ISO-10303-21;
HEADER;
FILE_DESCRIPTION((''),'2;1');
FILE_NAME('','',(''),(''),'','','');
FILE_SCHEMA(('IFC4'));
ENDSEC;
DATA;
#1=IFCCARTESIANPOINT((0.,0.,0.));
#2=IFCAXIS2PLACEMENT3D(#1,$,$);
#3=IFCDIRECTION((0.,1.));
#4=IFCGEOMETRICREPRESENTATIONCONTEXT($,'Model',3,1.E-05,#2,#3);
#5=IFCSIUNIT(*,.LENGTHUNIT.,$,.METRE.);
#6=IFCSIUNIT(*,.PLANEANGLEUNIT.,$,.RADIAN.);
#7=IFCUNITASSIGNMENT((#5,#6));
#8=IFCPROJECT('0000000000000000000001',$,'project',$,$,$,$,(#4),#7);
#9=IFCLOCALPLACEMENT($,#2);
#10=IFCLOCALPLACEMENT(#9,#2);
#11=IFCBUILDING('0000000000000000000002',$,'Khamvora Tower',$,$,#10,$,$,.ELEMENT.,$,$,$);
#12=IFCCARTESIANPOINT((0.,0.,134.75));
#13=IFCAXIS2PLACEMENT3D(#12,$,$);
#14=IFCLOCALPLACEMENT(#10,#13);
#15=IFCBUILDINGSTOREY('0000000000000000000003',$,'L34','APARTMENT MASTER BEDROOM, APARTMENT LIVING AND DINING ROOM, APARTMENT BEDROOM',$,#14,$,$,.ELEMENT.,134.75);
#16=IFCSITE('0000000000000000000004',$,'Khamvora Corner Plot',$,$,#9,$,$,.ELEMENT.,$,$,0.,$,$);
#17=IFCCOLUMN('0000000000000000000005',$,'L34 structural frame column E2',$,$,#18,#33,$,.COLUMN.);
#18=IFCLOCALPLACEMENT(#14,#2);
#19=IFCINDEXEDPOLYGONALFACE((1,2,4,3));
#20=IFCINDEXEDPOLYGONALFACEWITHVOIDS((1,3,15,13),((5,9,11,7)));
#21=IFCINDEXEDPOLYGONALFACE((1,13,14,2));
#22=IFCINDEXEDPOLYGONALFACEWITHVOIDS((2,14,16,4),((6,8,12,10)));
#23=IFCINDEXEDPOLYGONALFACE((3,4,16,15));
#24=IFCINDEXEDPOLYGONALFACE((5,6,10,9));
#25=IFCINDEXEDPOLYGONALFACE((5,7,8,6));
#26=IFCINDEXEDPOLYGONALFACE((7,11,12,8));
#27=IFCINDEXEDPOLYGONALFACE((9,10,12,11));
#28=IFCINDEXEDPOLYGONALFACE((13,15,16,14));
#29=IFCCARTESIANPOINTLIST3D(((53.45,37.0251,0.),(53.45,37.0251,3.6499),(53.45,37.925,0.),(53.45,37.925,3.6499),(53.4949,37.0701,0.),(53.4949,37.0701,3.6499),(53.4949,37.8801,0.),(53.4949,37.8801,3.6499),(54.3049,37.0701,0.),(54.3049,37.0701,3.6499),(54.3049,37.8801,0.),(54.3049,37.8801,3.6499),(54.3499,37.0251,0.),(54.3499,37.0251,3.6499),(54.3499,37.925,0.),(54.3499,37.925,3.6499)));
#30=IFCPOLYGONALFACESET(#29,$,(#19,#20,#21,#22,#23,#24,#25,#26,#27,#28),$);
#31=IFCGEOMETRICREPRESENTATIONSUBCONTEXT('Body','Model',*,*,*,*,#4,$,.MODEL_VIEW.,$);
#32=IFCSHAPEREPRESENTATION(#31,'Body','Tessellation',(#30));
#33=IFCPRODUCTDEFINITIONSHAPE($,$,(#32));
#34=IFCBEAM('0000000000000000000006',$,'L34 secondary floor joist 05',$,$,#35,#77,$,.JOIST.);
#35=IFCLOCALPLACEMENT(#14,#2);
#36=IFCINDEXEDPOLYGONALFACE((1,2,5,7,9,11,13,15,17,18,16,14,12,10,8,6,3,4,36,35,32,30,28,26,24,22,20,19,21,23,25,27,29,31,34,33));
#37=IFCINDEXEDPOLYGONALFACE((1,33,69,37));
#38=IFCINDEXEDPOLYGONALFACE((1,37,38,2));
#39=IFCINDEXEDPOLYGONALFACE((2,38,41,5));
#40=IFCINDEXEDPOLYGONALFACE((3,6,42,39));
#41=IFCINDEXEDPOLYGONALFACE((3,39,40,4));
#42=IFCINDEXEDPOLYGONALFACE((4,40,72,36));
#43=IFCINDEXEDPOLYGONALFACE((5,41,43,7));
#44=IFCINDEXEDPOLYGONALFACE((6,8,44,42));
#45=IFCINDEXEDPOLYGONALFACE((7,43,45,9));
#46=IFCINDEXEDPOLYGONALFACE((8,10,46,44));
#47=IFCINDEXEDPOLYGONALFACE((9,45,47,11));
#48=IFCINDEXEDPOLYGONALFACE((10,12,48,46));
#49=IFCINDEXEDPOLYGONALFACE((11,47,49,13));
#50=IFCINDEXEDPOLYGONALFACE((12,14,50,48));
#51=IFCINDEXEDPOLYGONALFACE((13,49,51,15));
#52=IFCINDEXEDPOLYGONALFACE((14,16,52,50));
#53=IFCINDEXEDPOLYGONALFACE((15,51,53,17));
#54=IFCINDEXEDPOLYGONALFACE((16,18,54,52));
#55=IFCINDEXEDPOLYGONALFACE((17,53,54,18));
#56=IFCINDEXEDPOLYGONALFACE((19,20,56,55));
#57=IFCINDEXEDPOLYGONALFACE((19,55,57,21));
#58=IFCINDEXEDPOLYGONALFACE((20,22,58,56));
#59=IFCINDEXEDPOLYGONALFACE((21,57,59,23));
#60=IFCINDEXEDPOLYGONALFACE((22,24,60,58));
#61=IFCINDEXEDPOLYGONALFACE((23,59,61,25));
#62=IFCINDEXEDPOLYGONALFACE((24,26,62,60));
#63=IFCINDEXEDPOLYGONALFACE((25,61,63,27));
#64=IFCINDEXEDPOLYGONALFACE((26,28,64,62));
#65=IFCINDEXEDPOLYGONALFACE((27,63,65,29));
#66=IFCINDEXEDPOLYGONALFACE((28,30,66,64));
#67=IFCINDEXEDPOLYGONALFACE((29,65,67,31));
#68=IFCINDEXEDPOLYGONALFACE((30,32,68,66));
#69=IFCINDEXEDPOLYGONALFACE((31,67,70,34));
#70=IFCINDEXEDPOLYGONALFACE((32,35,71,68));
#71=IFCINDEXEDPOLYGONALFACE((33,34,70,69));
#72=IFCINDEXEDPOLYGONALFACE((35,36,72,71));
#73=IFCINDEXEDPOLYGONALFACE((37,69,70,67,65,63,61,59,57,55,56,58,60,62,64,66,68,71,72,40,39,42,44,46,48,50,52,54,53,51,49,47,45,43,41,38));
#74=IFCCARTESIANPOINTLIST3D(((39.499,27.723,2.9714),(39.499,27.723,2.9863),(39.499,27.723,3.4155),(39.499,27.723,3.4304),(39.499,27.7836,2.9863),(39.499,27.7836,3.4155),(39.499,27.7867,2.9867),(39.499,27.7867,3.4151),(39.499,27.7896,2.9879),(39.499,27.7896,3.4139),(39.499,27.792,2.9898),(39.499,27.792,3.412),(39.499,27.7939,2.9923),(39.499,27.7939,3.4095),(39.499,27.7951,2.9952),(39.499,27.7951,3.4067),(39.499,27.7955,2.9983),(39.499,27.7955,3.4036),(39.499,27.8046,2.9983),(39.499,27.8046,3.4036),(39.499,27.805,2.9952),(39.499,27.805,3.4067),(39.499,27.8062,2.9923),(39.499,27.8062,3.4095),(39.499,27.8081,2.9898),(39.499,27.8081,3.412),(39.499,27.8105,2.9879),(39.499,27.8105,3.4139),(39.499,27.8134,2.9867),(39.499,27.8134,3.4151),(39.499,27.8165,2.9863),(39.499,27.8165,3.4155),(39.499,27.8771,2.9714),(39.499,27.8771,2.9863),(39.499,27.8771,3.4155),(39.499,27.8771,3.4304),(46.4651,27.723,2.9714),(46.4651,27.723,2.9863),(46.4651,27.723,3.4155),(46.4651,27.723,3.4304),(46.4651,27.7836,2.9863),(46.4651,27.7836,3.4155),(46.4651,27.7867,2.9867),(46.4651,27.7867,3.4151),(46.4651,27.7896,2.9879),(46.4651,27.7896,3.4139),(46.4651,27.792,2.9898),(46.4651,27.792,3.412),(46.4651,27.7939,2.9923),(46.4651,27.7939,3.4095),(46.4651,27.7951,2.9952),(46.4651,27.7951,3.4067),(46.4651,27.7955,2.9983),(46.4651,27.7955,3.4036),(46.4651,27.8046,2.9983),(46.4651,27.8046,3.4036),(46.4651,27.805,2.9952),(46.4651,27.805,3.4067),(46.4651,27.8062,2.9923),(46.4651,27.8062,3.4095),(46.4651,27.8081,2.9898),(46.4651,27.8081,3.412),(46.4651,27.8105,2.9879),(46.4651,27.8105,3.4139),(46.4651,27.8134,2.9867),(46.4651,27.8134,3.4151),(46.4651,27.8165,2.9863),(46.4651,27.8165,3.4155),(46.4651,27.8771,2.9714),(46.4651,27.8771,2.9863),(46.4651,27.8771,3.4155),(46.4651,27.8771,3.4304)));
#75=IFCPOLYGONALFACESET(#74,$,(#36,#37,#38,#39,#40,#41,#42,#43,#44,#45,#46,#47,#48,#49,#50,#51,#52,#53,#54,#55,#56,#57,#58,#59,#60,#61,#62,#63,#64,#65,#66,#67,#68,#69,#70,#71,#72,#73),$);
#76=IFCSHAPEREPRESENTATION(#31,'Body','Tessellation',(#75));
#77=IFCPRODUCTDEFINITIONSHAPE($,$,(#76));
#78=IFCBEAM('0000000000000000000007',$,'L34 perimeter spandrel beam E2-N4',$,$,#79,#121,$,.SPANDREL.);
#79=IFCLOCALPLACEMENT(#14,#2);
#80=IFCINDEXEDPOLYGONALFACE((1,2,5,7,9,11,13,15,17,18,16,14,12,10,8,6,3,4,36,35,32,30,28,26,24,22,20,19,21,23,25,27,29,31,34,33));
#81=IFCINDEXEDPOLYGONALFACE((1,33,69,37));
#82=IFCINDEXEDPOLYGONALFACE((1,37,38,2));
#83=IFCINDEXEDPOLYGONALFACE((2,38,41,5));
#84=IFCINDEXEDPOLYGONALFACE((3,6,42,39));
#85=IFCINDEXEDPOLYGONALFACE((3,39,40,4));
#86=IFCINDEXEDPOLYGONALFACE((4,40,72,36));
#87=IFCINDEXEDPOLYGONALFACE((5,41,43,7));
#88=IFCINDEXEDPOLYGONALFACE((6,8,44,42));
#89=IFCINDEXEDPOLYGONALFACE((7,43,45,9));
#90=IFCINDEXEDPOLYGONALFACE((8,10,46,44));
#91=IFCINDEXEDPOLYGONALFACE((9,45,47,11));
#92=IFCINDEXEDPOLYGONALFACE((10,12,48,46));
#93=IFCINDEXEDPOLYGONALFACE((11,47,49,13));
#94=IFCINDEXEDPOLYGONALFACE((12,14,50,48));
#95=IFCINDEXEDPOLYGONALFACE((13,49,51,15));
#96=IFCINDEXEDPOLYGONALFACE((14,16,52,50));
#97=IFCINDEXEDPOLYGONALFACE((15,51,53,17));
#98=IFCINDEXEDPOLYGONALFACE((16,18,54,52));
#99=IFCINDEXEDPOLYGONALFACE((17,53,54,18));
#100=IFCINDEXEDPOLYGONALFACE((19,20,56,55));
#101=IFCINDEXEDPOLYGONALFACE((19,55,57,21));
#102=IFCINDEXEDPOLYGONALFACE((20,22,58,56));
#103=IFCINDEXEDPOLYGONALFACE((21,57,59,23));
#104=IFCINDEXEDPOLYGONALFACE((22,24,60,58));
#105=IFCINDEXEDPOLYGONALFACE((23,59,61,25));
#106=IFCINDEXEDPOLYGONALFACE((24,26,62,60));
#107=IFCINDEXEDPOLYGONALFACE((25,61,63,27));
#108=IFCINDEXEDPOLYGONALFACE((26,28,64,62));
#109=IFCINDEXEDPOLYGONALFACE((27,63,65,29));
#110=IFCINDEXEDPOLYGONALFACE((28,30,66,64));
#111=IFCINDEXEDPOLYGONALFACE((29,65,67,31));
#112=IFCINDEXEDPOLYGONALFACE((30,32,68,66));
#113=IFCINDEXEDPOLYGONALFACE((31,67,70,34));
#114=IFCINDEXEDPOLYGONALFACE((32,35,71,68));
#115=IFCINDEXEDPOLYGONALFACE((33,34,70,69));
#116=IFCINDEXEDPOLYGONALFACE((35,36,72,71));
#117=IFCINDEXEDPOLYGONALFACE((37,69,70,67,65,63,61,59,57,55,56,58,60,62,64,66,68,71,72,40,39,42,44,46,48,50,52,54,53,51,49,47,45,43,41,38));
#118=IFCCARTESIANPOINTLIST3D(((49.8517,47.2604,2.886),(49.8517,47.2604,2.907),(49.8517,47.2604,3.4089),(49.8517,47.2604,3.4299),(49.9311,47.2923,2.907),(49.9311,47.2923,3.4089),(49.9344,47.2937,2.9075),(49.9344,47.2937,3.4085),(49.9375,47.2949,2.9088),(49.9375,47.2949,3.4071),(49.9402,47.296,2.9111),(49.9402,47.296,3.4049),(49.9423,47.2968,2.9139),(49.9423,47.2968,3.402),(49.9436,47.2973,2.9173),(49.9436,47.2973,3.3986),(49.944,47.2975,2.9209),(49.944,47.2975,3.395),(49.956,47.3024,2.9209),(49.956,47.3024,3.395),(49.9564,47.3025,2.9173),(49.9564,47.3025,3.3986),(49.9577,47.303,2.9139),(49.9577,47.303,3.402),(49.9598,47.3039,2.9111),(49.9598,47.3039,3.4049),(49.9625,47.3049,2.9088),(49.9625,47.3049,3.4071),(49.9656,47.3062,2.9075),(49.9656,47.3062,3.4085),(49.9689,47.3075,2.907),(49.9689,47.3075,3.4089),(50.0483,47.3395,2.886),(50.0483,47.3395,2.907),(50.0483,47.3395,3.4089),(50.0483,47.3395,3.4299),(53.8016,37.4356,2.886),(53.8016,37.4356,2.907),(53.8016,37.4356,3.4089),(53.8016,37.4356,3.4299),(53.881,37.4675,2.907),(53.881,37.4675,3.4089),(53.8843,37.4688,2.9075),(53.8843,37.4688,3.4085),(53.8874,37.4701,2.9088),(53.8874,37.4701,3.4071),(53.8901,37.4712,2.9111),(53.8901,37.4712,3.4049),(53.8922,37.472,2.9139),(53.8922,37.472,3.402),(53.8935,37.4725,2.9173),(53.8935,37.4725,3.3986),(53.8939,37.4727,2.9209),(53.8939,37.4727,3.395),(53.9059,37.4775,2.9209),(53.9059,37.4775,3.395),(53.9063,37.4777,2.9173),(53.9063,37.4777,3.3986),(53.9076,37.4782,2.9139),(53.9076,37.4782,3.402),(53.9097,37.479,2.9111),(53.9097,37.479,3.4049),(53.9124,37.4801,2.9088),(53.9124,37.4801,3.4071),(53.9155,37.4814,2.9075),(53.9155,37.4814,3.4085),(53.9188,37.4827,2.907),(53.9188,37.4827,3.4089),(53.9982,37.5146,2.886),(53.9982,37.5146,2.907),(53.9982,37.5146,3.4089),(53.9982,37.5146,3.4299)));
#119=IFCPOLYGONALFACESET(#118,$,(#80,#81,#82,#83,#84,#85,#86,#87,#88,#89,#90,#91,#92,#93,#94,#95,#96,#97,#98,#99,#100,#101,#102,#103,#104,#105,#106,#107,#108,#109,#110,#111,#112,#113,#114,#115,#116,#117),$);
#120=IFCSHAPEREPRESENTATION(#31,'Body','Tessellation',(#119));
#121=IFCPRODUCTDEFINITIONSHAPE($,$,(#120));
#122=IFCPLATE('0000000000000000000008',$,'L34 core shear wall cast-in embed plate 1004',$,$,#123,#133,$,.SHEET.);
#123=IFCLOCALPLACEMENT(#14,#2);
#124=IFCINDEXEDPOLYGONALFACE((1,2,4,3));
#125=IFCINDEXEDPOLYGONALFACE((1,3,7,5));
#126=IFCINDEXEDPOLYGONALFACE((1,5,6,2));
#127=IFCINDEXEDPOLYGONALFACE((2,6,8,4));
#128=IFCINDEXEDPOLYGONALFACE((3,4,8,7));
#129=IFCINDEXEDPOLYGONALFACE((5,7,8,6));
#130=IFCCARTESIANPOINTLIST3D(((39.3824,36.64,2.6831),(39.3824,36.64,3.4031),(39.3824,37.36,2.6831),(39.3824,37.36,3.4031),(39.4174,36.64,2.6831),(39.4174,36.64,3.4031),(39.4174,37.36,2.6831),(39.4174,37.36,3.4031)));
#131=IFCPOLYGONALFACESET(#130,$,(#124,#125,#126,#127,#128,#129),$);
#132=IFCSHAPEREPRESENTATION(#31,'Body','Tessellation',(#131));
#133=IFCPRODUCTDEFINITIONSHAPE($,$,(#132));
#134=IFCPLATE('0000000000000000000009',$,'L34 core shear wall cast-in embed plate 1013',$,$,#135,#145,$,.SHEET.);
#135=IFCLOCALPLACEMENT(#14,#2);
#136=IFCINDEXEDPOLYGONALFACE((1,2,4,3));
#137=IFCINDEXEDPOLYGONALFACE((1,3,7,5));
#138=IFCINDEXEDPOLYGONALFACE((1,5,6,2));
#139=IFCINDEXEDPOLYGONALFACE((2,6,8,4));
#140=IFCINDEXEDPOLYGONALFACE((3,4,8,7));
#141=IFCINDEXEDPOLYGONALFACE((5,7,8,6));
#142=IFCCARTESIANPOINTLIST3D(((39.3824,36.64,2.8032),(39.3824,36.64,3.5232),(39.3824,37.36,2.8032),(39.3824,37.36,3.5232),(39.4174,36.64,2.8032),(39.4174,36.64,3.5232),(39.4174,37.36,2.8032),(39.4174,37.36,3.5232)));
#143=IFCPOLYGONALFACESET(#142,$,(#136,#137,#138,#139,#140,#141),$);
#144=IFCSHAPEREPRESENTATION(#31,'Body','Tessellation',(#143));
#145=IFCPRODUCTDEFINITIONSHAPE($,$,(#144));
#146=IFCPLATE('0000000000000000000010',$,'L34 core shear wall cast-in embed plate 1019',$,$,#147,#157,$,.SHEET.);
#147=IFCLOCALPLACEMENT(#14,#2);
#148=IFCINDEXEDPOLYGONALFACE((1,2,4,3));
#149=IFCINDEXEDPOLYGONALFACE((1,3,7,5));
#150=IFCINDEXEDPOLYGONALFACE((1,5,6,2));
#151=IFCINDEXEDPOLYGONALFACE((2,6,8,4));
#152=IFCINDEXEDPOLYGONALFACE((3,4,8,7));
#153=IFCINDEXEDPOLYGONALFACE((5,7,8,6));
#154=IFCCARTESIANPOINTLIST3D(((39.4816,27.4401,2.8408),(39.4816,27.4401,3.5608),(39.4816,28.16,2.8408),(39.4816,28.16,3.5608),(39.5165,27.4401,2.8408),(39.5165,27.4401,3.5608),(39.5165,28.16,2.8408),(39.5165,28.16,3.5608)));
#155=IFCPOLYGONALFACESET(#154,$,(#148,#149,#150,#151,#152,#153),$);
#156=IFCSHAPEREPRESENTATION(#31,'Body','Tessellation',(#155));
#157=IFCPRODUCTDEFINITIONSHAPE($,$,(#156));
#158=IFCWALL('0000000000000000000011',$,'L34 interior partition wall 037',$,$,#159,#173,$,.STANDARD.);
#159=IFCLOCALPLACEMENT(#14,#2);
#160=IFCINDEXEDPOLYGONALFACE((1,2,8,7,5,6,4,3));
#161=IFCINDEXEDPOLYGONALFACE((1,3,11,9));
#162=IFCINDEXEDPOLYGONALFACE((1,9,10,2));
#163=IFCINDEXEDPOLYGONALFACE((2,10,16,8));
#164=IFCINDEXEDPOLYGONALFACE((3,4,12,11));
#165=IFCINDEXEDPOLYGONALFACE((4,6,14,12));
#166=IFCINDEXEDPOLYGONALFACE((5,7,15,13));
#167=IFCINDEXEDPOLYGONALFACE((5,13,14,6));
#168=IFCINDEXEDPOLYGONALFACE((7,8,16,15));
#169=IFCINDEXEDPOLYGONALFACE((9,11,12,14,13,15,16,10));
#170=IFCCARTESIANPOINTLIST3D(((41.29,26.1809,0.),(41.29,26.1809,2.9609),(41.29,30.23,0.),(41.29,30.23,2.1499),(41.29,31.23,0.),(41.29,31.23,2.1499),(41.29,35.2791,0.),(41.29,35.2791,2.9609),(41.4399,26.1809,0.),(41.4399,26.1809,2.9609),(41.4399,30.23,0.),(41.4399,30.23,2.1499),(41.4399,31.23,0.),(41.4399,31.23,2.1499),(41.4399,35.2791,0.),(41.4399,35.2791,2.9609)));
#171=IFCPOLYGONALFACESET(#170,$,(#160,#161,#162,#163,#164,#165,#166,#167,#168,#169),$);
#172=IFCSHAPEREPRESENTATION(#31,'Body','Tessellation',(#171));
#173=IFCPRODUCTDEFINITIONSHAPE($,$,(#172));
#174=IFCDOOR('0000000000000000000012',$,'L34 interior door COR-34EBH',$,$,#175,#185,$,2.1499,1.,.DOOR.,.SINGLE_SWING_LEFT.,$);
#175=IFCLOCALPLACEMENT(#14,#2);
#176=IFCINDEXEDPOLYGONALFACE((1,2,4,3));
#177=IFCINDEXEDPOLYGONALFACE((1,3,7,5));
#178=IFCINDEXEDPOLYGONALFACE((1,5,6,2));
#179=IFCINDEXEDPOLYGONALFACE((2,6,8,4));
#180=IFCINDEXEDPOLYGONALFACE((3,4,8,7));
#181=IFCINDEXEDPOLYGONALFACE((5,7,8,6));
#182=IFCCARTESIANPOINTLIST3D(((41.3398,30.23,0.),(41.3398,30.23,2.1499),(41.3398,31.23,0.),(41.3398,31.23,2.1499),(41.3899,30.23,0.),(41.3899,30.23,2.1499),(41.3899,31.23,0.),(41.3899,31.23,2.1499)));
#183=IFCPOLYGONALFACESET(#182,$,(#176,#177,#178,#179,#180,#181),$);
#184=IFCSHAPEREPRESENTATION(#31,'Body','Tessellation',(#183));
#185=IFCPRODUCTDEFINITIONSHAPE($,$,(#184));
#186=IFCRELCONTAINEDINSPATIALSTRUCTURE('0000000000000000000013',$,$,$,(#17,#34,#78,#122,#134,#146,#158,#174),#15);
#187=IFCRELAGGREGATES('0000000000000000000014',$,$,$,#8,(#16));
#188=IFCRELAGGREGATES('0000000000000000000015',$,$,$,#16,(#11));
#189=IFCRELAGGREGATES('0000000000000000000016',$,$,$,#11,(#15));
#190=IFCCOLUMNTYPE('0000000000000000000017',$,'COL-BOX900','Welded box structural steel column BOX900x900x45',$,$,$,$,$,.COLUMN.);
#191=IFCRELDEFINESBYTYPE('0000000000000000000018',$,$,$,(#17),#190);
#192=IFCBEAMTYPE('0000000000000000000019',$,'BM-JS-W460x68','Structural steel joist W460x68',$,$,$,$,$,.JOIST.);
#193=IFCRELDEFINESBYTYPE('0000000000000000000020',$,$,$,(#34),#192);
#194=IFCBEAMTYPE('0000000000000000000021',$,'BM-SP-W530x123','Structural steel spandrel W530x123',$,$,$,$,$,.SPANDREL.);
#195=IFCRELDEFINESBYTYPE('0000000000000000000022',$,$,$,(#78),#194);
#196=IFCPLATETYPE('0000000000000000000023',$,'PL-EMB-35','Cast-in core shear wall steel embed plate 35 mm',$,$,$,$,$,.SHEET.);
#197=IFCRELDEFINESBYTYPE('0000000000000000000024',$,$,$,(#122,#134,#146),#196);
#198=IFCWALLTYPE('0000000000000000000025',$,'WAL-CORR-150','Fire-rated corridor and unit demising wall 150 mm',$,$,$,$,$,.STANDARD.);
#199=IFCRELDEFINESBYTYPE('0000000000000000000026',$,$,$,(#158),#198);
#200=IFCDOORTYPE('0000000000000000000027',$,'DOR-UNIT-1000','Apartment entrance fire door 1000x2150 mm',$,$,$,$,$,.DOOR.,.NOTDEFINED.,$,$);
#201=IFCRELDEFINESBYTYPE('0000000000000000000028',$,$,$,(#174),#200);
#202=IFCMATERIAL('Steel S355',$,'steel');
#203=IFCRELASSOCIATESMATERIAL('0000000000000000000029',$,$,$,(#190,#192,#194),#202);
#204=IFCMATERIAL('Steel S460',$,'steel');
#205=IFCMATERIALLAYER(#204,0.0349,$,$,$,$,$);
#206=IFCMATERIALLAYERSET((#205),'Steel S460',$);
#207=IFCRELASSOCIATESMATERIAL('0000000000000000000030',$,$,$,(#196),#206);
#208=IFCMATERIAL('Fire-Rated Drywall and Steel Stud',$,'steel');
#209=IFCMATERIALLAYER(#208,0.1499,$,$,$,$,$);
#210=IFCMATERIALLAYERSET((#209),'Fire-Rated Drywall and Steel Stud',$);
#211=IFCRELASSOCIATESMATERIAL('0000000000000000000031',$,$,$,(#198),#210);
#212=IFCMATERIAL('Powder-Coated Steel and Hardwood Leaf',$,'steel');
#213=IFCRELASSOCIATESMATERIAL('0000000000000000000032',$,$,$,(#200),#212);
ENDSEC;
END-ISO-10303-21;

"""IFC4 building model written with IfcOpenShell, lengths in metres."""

from ifc_helpers import new_model, si_unit, direction, frame, frame_2d, origin, origin_2d, place, context, subcontext, project, spatial, rectangle, hollow_rectangle, i_section, extrude, material, layer, layer_set, material_profile, profile_set, type_object, element, fill, save


model = new_model("IFC4")

# Units and contexts
model_context = context("Model", 3, precision=1e-05, world=origin(), true_north=direction((0.0, 1.0)))
body_context = subcontext(model_context, "Body", "Model", "MODEL_VIEW")
ifc_project = project(units=[si_unit("LENGTHUNIT", "METRE"), si_unit("PLANEANGLEUNIT", "RADIAN")], contexts=[model_context])

# Site, building, storey
site_placement = place(None, origin())
site = spatial("IfcSite", under=ifc_project, at=site_placement, Name="Khamvora Corner Plot", CompositionType="ELEMENT", RefElevation=0.0)
building_placement = place(site_placement, origin())
building = spatial("IfcBuilding", under=site, at=building_placement, Name="Khamvora Tower", CompositionType="ELEMENT")
storey_placement = place(building_placement, frame((0.0, 0.0, 134.75)))
storey = spatial("IfcBuildingStorey", under=building, at=storey_placement, Name="L34", Description="APARTMENT MASTER BEDROOM, APARTMENT LIVING AND DINING ROOM, APARTMENT BEDROOM", CompositionType="ELEMENT", Elevation=134.75)

# Column
ifc_material_1 = material(Name="Steel S355", Category="steel")
ifc_material_profile_1 = material_profile(ifc_material_1, hollow_rectangle(XDim=0.8999, YDim=0.8999, WallThickness=0.0449, at=origin_2d()), Name="BOX900x900x45")
ifc_profile_set_1 = profile_set([ifc_material_profile_1], Name="Steel S355")
column_type = type_object("IfcColumnType", Name="COL-BOX900", Description="Welded box structural steel column BOX900x900x45", PredefinedType="COLUMN", material=ifc_profile_set_1)
column_placement = place(storey_placement, frame((53.8999, 37.4751, 0.0), z_axis=(0.0, 0.0, 1.0), x_axis=(1.0, 0.0, 0.0)))
element("IfcColumn", 1, at=column_placement, inside=storey, type_object=column_type, Name="L34 structural frame column E2", PredefinedType="COLUMN", context=body_context, shape_type="SweptSolid", body=[
    extrude(hollow_rectangle(XDim=0.8999, YDim=0.8999, WallThickness=0.0449, at=origin_2d()), origin(), (0.0, 0.0, 1.0), 3.6499),
])

# Beams
ifc_material_profile_2 = material_profile(ifc_material_1, i_section(OverallWidth=0.1541, OverallDepth=0.459, WebThickness=0.009, FlangeThickness=0.0149, FilletRadius=0.012, at=origin_2d()), Name="W460x68")
ifc_profile_set_2 = profile_set([ifc_material_profile_2], Name="Steel S355")
beam_type_1 = type_object("IfcBeamType", Name="BM-JS-W460x68", Description="Structural steel joist W460x68", PredefinedType="JOIST", material=ifc_profile_set_2)
beam_1_placement = place(storey_placement, frame((39.499, 27.8, 3.2009), z_axis=(1.0, 0.0, 0.0), x_axis=(0.0, 1.0, 0.0)))
element("IfcBeam", 2, at=beam_1_placement, inside=storey, type_object=beam_type_1, Name="L34 secondary floor joist 05", PredefinedType="JOIST", context=body_context, shape_type="SweptSolid", body=[
    extrude(i_section(OverallWidth=0.1541, OverallDepth=0.459, WebThickness=0.009, FlangeThickness=0.0149, FilletRadius=0.012, at=origin_2d()), origin(), (0.0, 0.0, 1.0), 6.9661),
])
ifc_material_profile_3 = material_profile(ifc_material_1, i_section(OverallWidth=0.2119, OverallDepth=0.5439, WebThickness=0.0129, FlangeThickness=0.021, FilletRadius=0.0139, at=origin_2d()), Name="W530x123")
ifc_profile_set_3 = profile_set([ifc_material_profile_3], Name="Steel S355")
beam_type_2 = type_object("IfcBeamType", Name="BM-SP-W530x123", Description="Structural steel spandrel W530x123", PredefinedType="SPANDREL", material=ifc_profile_set_3)
beam_2_placement = place(storey_placement, frame((53.8999, 37.4751, 3.158), z_axis=(-0.373016, 0.927825, 0.0), x_axis=(-0.927825, -0.373016, 0.0)))
element("IfcBeam", 3, at=beam_2_placement, inside=storey, type_object=beam_type_2, Name="L34 perimeter spandrel beam E2-N4", PredefinedType="SPANDREL", context=body_context, shape_type="SweptSolid", body=[
    extrude(i_section(OverallWidth=0.2119, OverallDepth=0.5439, WebThickness=0.0129, FlangeThickness=0.021, FilletRadius=0.0139, at=origin_2d()), origin(), (0.0, 0.0, 1.0), 10.5891),
])

# Plates
ifc_material_2 = material(Name="Steel S460", Category="steel")
ifc_layer_1 = layer(ifc_material_2, 0.0349)
ifc_layer_set_1 = layer_set([ifc_layer_1], Name="Steel S460")
plate_type = type_object("IfcPlateType", Name="PL-EMB-35", Description="Cast-in core shear wall steel embed plate 35 mm", PredefinedType="SHEET", material=ifc_layer_set_1)
for number, where, z_axis, x_axis, name in (
    (4, (39.3999, 37.0, 2.6831), (0.0, 0.0, 1.0), (1.0, 0.0, 0.0), "L34 core shear wall cast-in embed plate 1004"),
    (5, (39.3999, 37.0, 2.8032), (0.0, 0.0, 1.0), (1.0, 0.0, 0.0), "L34 core shear wall cast-in embed plate 1013"),
    (6, (39.499, 27.8, 2.8408), (0.0, 0.0, 1.0), (1.0, 0.0, 0.0), "L34 core shear wall cast-in embed plate 1019"),
):
    element("IfcPlate", number, at=place(storey_placement, frame(where, z_axis=z_axis, x_axis=x_axis)), inside=storey, type_object=plate_type, Name=name, PredefinedType="SHEET", context=body_context, shape_type="SweptSolid", body=[
        extrude(rectangle(XDim=0.0349, YDim=0.72, at=origin_2d()), origin(), (0.0, 0.0, 1.0), 0.72),
    ])

# Wall, opening, door
ifc_material_3 = material(Name="Fire-Rated Drywall and Steel Stud", Category="steel")
ifc_layer_2 = layer(ifc_material_3, 0.1499)
ifc_layer_set_2 = layer_set([ifc_layer_2], Name="Fire-Rated Drywall and Steel Stud")
wall_type_1 = type_object("IfcWallType", Name="WAL-CORR-150", Description="Fire-rated corridor and unit demising wall 150 mm", PredefinedType="STANDARD", material=ifc_layer_set_2)
wall_1_placement = place(storey_placement, frame((41.365, 35.2791, 0.0), z_axis=(0.0, 0.0, 1.0), x_axis=(0.0, -1.0, 0.0)))
wall_1 = element("IfcWall", 7, at=wall_1_placement, inside=storey, type_object=wall_type_1, Name="L34 interior partition wall 037", PredefinedType="STANDARD", context=body_context, shape_type="SweptSolid", body=[
    extrude(rectangle(XDim=9.0981, YDim=0.1499, at=frame_2d((4.5491, 0.0))), origin(), (0.0, 0.0, 1.0), 2.9609),
])
opening_1_placement = place(wall_1_placement, frame((4.0491, 0.0, 0.0)))
opening_1 = element("IfcOpeningElement", 8, at=opening_1_placement, cuts=wall_1, PredefinedType="OPENING", context=body_context, shape_type="SweptSolid", body=[
    extrude(rectangle(XDim=1.0, YDim=2.1499, at=frame_2d((0.5, 1.075))), frame((0.0, 0.085, 0.0), z_axis=(0.0, -1.0, 0.0), x_axis=(1.0, 0.0, 0.0)), (0.0, 0.0, 1.0), 0.1699),
])
ifc_material_4 = material(Name="Powder-Coated Steel and Hardwood Leaf", Category="steel")
door_type_1 = type_object("IfcDoorType", Name="DOR-UNIT-1000", Description="Apartment entrance fire door 1000x2150 mm", OperationType="NOTDEFINED", PredefinedType="DOOR", material=ifc_material_4)
door_1_placement = place(opening_1_placement, origin())
door_1 = element("IfcDoor", 9, at=door_1_placement, inside=storey, type_object=door_type_1, Name="L34 interior door COR-34EBH", OperationType="SINGLE_SWING_LEFT", OverallHeight=2.1499, OverallWidth=1.0, PredefinedType="DOOR", context=body_context, shape_type="SweptSolid", body=[
    extrude(rectangle(XDim=1.0, YDim=2.1499, at=frame_2d((0.5, 1.075))), frame((0.0, 0.0249, 0.0), z_axis=(0.0, -1.0, 0.0), x_axis=(1.0, 0.0, 0.0)), (0.0, 0.0, 1.0), 0.05),
])
fill(opening_1, door_1)

save(model, "model.ifc")
